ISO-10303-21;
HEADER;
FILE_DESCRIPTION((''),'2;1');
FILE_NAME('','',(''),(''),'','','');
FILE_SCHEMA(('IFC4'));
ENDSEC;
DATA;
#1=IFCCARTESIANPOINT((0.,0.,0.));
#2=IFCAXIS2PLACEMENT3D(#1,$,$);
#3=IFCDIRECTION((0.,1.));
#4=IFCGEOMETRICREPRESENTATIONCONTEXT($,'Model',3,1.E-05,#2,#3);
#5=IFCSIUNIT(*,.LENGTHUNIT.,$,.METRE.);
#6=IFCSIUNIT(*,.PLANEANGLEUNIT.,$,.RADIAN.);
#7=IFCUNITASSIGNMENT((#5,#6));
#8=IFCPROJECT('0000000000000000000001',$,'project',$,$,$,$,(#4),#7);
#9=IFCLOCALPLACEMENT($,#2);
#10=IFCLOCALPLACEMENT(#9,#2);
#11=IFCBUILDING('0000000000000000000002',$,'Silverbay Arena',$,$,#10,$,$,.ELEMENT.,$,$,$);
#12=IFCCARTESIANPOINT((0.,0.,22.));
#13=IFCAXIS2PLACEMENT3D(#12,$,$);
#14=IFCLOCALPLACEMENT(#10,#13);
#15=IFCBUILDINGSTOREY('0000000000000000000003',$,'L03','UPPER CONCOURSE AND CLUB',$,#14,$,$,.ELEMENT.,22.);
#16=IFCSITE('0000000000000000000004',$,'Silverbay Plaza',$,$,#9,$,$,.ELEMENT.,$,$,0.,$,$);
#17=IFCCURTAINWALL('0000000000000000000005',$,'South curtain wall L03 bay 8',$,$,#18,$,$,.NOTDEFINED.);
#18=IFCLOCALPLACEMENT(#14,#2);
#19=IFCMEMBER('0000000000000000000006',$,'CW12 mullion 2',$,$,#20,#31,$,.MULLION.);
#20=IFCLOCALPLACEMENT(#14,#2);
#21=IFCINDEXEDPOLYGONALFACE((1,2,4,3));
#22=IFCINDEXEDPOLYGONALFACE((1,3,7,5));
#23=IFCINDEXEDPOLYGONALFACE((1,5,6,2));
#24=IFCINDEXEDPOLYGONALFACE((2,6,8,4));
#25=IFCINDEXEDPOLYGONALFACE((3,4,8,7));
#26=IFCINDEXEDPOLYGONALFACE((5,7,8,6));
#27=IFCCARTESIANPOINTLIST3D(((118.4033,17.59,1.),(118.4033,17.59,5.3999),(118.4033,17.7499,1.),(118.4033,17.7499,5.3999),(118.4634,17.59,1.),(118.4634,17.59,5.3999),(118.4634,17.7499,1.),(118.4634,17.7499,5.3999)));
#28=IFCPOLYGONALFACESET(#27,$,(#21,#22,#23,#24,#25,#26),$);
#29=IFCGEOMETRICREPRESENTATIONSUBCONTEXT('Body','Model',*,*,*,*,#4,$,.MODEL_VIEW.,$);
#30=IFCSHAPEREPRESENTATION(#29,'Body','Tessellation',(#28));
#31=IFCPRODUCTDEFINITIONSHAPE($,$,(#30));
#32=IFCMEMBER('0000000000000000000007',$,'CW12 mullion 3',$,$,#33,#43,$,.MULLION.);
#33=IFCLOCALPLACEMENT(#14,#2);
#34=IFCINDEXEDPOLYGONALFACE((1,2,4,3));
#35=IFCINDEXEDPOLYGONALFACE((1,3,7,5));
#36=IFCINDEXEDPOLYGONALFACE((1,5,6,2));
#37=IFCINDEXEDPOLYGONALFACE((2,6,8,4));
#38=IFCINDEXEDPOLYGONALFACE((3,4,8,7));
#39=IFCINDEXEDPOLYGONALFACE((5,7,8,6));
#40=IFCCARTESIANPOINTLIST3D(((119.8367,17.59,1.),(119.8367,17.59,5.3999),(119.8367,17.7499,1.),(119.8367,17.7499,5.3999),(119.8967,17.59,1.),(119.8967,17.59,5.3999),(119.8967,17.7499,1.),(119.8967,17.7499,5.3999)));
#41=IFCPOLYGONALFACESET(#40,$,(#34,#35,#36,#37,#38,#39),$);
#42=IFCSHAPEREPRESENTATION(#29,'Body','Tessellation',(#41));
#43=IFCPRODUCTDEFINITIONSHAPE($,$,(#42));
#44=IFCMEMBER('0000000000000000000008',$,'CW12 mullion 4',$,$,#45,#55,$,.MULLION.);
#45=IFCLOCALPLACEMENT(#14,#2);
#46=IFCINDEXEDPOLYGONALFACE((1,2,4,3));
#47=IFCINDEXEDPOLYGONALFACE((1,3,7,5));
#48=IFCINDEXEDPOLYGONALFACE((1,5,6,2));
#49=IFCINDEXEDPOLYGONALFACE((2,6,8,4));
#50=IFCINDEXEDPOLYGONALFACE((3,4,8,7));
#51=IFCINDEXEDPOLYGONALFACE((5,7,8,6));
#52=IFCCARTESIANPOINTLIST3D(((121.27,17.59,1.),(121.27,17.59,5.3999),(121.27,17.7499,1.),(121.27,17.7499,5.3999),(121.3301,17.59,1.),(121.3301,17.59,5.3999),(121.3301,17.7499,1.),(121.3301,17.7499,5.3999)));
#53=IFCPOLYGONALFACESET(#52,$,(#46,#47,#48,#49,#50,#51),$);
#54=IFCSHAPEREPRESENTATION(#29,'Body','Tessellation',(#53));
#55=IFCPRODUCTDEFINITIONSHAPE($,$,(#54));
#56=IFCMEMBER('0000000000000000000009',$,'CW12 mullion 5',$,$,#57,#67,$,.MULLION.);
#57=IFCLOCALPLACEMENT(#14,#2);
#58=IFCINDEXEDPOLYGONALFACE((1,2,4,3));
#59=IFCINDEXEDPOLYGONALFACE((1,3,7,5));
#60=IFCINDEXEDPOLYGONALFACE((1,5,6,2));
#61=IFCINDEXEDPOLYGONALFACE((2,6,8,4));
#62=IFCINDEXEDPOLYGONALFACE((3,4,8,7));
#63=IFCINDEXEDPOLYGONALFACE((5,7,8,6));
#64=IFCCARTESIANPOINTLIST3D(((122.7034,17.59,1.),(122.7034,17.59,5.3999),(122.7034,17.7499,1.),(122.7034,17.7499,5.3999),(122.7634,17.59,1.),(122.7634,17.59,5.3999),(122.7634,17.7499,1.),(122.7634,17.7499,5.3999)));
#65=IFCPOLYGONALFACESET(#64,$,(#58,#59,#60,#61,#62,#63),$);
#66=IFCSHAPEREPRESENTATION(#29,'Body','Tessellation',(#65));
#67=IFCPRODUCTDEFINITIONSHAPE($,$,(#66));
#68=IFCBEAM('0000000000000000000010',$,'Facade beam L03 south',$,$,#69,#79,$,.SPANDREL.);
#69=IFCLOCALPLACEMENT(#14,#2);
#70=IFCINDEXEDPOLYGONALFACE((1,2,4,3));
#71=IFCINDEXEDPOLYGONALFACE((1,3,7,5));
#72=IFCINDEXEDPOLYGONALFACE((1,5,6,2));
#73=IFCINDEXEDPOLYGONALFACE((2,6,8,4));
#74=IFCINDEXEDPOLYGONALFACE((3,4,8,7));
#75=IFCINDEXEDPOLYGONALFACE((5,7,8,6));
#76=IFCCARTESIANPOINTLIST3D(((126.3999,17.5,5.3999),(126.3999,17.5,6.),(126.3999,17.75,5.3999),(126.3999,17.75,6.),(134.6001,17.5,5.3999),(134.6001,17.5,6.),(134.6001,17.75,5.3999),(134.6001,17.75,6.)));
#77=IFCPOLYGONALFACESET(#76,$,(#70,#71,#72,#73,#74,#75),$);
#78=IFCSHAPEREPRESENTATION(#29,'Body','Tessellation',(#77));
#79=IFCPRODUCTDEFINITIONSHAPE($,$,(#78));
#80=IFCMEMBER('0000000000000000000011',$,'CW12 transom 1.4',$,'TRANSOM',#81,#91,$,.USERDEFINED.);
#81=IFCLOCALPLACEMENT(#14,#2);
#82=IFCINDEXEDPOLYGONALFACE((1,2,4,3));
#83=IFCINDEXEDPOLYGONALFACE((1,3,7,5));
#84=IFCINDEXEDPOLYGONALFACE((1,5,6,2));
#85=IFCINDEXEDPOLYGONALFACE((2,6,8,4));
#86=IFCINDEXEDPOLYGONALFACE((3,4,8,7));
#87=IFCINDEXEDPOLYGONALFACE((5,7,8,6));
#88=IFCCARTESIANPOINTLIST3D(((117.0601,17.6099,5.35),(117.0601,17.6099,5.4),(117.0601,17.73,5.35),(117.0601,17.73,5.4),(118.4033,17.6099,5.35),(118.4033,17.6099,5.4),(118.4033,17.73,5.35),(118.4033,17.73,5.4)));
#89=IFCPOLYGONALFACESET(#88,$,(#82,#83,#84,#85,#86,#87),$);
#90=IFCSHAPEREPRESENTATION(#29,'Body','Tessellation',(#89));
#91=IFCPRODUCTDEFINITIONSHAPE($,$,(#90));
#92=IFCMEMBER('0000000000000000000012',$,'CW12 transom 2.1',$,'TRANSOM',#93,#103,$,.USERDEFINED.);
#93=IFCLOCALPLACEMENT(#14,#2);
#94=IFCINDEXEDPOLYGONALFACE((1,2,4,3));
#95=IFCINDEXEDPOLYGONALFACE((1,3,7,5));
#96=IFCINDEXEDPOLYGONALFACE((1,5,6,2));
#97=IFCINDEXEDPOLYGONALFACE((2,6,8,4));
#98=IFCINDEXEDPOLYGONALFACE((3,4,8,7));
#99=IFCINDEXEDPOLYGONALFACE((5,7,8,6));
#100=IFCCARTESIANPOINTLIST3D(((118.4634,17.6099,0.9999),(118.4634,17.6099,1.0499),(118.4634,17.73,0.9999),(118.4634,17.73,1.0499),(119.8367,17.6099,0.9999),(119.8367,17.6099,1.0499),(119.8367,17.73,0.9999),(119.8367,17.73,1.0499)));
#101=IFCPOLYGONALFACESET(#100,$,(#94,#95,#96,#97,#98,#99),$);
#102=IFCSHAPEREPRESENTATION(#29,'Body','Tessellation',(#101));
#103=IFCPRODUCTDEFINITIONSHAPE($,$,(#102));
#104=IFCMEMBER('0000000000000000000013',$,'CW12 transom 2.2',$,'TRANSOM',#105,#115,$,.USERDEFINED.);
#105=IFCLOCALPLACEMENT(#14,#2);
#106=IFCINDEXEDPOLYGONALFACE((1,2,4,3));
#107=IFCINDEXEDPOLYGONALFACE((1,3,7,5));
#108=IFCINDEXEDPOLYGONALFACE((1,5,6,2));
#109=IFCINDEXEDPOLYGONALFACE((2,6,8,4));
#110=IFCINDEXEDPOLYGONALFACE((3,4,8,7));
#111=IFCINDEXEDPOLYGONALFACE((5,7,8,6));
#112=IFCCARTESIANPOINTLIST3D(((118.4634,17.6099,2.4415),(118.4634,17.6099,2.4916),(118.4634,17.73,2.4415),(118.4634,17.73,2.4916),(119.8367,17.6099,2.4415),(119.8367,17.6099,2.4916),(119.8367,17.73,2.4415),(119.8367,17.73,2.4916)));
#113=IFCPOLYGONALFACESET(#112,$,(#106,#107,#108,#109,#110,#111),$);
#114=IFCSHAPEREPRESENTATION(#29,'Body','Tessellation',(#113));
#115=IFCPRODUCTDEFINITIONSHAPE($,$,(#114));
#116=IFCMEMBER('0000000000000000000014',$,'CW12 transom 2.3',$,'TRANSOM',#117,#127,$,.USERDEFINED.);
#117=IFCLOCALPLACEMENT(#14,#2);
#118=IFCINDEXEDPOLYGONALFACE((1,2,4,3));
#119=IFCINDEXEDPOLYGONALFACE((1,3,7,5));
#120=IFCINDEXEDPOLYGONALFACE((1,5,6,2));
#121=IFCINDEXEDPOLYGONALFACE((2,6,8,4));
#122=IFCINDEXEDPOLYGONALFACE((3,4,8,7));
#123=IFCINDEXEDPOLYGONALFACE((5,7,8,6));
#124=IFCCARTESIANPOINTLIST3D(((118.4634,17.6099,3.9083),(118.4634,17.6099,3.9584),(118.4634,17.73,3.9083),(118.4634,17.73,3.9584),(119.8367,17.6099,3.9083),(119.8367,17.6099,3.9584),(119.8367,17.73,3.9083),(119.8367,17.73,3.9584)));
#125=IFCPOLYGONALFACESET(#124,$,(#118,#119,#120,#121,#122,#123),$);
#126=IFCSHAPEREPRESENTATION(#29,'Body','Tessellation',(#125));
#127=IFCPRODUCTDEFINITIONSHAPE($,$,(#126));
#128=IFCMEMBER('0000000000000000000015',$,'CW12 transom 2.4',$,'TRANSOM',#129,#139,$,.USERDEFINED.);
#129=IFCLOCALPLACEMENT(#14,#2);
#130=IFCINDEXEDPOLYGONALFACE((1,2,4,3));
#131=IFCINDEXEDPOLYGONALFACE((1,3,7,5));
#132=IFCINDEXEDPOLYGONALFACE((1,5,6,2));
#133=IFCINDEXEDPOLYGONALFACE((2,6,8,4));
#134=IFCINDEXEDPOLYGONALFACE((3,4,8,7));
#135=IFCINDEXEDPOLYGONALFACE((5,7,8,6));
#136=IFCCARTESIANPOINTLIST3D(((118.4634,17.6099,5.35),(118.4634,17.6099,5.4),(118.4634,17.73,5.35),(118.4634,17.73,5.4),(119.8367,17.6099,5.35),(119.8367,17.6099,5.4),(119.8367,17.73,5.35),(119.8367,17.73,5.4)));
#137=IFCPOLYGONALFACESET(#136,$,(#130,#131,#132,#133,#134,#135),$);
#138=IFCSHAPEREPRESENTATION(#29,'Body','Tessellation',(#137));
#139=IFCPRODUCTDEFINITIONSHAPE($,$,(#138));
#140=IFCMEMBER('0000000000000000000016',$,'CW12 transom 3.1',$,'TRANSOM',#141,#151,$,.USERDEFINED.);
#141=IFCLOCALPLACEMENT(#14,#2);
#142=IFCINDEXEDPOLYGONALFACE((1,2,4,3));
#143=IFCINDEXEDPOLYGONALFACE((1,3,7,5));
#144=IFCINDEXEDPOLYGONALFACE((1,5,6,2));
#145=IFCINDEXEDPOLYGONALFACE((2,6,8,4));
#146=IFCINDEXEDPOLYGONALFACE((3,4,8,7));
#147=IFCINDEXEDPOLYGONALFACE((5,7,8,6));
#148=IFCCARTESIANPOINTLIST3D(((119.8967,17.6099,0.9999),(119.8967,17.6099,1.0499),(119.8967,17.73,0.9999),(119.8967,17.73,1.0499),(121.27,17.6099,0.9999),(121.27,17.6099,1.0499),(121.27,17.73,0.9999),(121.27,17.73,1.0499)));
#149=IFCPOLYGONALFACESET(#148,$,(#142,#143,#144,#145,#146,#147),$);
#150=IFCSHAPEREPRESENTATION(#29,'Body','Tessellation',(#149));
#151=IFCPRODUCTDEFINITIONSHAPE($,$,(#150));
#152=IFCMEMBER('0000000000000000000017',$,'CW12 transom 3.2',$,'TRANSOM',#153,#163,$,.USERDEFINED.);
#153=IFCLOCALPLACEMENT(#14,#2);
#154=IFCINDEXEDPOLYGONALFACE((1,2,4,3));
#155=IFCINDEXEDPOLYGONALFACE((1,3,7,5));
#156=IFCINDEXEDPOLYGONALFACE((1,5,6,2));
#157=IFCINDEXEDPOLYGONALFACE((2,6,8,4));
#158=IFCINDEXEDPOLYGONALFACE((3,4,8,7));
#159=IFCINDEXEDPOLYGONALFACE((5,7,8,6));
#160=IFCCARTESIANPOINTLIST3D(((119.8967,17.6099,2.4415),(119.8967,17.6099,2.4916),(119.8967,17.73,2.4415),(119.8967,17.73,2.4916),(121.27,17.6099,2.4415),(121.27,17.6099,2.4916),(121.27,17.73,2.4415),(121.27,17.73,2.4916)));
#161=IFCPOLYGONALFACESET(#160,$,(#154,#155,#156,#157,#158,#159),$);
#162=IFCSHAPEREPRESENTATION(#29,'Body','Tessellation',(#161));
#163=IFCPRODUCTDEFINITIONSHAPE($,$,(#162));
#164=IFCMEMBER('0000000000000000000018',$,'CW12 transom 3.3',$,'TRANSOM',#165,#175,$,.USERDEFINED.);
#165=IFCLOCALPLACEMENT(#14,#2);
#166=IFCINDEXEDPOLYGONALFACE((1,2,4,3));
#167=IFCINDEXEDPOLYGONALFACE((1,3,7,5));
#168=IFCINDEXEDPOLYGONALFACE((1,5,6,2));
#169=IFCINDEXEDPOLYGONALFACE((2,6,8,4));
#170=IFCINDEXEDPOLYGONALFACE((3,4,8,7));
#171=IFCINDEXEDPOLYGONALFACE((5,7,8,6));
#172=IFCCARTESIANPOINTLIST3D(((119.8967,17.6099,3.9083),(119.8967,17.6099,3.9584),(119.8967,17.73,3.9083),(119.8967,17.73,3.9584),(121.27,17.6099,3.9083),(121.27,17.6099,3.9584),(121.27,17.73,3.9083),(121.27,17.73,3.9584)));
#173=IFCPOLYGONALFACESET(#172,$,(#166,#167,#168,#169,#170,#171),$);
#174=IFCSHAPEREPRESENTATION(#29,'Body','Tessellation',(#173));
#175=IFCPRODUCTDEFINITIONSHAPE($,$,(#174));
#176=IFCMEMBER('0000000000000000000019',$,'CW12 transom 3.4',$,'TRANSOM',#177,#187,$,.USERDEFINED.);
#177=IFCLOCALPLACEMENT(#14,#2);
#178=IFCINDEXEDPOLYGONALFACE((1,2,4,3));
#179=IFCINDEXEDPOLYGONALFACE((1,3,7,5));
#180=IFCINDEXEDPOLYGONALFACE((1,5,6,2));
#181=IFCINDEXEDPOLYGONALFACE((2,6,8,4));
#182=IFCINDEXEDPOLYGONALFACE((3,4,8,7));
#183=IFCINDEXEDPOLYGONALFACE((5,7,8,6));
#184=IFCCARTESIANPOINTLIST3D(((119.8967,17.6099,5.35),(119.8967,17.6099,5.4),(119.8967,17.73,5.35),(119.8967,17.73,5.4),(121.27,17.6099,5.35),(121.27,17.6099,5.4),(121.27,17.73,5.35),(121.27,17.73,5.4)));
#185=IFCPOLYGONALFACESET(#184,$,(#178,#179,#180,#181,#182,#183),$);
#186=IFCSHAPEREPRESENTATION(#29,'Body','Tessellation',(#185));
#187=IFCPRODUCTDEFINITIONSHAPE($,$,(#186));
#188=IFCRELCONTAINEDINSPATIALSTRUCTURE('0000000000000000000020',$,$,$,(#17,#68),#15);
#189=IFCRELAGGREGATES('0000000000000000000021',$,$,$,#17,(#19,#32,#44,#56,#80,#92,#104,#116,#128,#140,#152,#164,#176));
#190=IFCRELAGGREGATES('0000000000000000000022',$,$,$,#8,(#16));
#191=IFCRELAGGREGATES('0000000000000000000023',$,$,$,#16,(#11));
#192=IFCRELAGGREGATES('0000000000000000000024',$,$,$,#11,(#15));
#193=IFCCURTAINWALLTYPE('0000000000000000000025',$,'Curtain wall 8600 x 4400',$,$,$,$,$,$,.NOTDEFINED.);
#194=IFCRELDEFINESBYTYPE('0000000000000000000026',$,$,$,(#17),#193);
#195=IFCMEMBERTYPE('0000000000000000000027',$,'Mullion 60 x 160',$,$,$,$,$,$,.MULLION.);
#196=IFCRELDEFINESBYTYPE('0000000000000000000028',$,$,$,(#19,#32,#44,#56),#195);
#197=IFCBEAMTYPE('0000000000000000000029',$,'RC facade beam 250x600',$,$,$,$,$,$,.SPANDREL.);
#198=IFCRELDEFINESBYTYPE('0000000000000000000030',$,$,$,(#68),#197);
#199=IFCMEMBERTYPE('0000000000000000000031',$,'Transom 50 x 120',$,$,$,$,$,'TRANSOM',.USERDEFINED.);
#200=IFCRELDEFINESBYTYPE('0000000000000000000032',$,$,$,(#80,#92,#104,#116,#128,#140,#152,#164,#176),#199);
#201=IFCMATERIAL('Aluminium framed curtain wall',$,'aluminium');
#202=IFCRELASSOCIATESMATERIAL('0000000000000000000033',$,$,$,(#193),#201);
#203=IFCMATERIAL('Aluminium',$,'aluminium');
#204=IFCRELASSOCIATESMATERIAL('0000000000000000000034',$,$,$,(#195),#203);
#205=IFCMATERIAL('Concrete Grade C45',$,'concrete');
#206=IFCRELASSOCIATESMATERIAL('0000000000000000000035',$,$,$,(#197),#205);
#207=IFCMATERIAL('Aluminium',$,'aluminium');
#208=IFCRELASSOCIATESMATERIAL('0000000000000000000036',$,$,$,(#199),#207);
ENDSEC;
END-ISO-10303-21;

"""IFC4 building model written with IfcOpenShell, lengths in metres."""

from ifc_helpers import new_model, si_unit, direction, frame, origin, origin_2d, place, context, subcontext, project, spatial, rectangle, extrude, material, material_profile, profile_set, type_object, element, aggregate, save


model = new_model("IFC4")

# Units and contexts
model_context = context("Model", 3, precision=1e-05, world=origin(), true_north=direction((0.0, 1.0)))
body_context = subcontext(model_context, "Body", "Model", "MODEL_VIEW")
ifc_project = project(units=[si_unit("LENGTHUNIT", "METRE"), si_unit("PLANEANGLEUNIT", "RADIAN")], contexts=[model_context])

# Site, building, storey
site_placement = place(None, origin())
site = spatial("IfcSite", under=ifc_project, at=site_placement, Name="Silverbay Plaza", CompositionType="ELEMENT", RefElevation=0.0)
building_placement = place(site_placement, origin())
building = spatial("IfcBuilding", under=site, at=building_placement, Name="Silverbay Arena", CompositionType="ELEMENT")
storey_placement = place(building_placement, frame((0.0, 0.0, 22.0)))
storey = spatial("IfcBuildingStorey", under=building, at=storey_placement, Name="L03", Description="UPPER CONCOURSE AND CLUB", CompositionType="ELEMENT", Elevation=22.0)

# Curtain wall, members
ifc_material_1 = material(Name="Aluminium framed curtain wall", Category="aluminium")
curtain_wall_type = type_object("IfcCurtainWallType", Name="Curtain wall 8600 x 4400", PredefinedType="NOTDEFINED", material=ifc_material_1)
curtain_wall_placement = place(storey_placement, origin())
curtain_wall = element("IfcCurtainWall", 1, at=curtain_wall_placement, inside=storey, type_object=curtain_wall_type, Name="South curtain wall L03 bay 8", PredefinedType="NOTDEFINED")
ifc_material_2 = material(Name="Aluminium", Category="aluminium")
ifc_material_profile_1 = material_profile(ifc_material_2, rectangle(XDim=0.1599, YDim=0.0601, at=origin_2d()), Name="Mullion 60 x 160")
ifc_profile_set_1 = profile_set([ifc_material_profile_1], Name="Aluminium")
member_type_1 = type_object("IfcMemberType", Name="Mullion 60 x 160", PredefinedType="MULLION", material=ifc_profile_set_1)
member_1_placement = place(storey_placement, frame((118.4333, 17.6699, 1.0), z_axis=(0.0, 0.0, 1.0), x_axis=(0.0, 1.0, 0.0)))
member_1 = element("IfcMember", 2, at=member_1_placement, type_object=member_type_1, Name="CW12 mullion 2", PredefinedType="MULLION", context=body_context, shape_type="SweptSolid", body=[
    extrude(rectangle(XDim=0.1599, YDim=0.0601, at=origin_2d()), origin(), (0.0, 0.0, 1.0), 4.3999),
])
member_2_placement = place(storey_placement, frame((119.8667, 17.6699, 1.0), z_axis=(0.0, 0.0, 1.0), x_axis=(0.0, 1.0, 0.0)))
member_2 = element("IfcMember", 3, at=member_2_placement, type_object=member_type_1, Name="CW12 mullion 3", PredefinedType="MULLION", context=body_context, shape_type="SweptSolid", body=[
    extrude(rectangle(XDim=0.1599, YDim=0.0601, at=origin_2d()), origin(), (0.0, 0.0, 1.0), 4.3999),
])
member_3_placement = place(storey_placement, frame((121.3, 17.6699, 1.0), z_axis=(0.0, 0.0, 1.0), x_axis=(0.0, 1.0, 0.0)))
member_3 = element("IfcMember", 4, at=member_3_placement, type_object=member_type_1, Name="CW12 mullion 4", PredefinedType="MULLION", context=body_context, shape_type="SweptSolid", body=[
    extrude(rectangle(XDim=0.1599, YDim=0.0601, at=origin_2d()), origin(), (0.0, 0.0, 1.0), 4.3999),
])
member_4_placement = place(storey_placement, frame((122.7334, 17.6699, 1.0), z_axis=(0.0, 0.0, 1.0), x_axis=(0.0, 1.0, 0.0)))
member_4 = element("IfcMember", 5, at=member_4_placement, type_object=member_type_1, Name="CW12 mullion 5", PredefinedType="MULLION", context=body_context, shape_type="SweptSolid", body=[
    extrude(rectangle(XDim=0.1599, YDim=0.0601, at=origin_2d()), origin(), (0.0, 0.0, 1.0), 4.3999),
])

# Beam
ifc_material_3 = material(Name="Concrete Grade C45", Category="concrete")
ifc_material_profile_2 = material_profile(ifc_material_3, rectangle(XDim=0.25, YDim=0.6001, at=origin_2d()), Name="RC 250x600")
ifc_profile_set_2 = profile_set([ifc_material_profile_2], Name="Concrete Grade C45")
beam_type = type_object("IfcBeamType", Name="RC facade beam 250x600", PredefinedType="SPANDREL", material=ifc_profile_set_2)
beam_placement = place(storey_placement, frame((126.3999, 17.625, 5.7), z_axis=(1.0, 0.0, 0.0), x_axis=(0.0, 1.0, 0.0)))
element("IfcBeam", 6, at=beam_placement, inside=storey, type_object=beam_type, Name="Facade beam L03 south", PredefinedType="SPANDREL", context=body_context, shape_type="SweptSolid", body=[
    extrude(rectangle(XDim=0.25, YDim=0.6001, at=origin_2d()), origin(), (0.0, 0.0, 1.0), 8.2002),
])

# Members
ifc_material_4 = material(Name="Aluminium", Category="aluminium")
ifc_material_profile_3 = material_profile(ifc_material_4, rectangle(XDim=0.1201, YDim=0.05, at=origin_2d()), Name="Transom 50 x 120")
ifc_profile_set_3 = profile_set([ifc_material_profile_3], Name="Aluminium")
member_type_2 = type_object("IfcMemberType", Name="Transom 50 x 120", ElementType="TRANSOM", PredefinedType="USERDEFINED", material=ifc_profile_set_3)
member_5_placement = place(storey_placement, frame((117.0601, 17.6699, 5.375), z_axis=(1.0, 0.0, 0.0), x_axis=(0.0, 1.0, 0.0)))
member_5 = element("IfcMember", 7, at=member_5_placement, type_object=member_type_2, Name="CW12 transom 1.4", ObjectType="TRANSOM", PredefinedType="USERDEFINED", context=body_context, shape_type="SweptSolid", body=[
    extrude(rectangle(XDim=0.1201, YDim=0.05, at=origin_2d()), origin(), (0.0, 0.0, 1.0), 1.3433),
])
member_6_placement = place(storey_placement, frame((118.4634, 17.6699, 1.0249), z_axis=(1.0, 0.0, 0.0), x_axis=(0.0, 1.0, 0.0)))
member_6 = element("IfcMember", 8, at=member_6_placement, type_object=member_type_2, Name="CW12 transom 2.1", ObjectType="TRANSOM", PredefinedType="USERDEFINED", context=body_context, shape_type="SweptSolid", body=[
    extrude(rectangle(XDim=0.1201, YDim=0.05, at=origin_2d()), origin(), (0.0, 0.0, 1.0), 1.3733),
])
member_7_placement = place(storey_placement, frame((118.4634, 17.6699, 2.4666), z_axis=(1.0, 0.0, 0.0), x_axis=(0.0, 1.0, 0.0)))
member_7 = element("IfcMember", 9, at=member_7_placement, type_object=member_type_2, Name="CW12 transom 2.2", ObjectType="TRANSOM", PredefinedType="USERDEFINED", context=body_context, shape_type="SweptSolid", body=[
    extrude(rectangle(XDim=0.1201, YDim=0.05, at=origin_2d()), origin(), (0.0, 0.0, 1.0), 1.3733),
])
member_8_placement = place(storey_placement, frame((118.4634, 17.6699, 3.9333), z_axis=(1.0, 0.0, 0.0), x_axis=(0.0, 1.0, 0.0)))
member_8 = element("IfcMember", 10, at=member_8_placement, type_object=member_type_2, Name="CW12 transom 2.3", ObjectType="TRANSOM", PredefinedType="USERDEFINED", context=body_context, shape_type="SweptSolid", body=[
    extrude(rectangle(XDim=0.1201, YDim=0.05, at=origin_2d()), origin(), (0.0, 0.0, 1.0), 1.3733),
])
member_9_placement = place(storey_placement, frame((118.4634, 17.6699, 5.375), z_axis=(1.0, 0.0, 0.0), x_axis=(0.0, 1.0, 0.0)))
member_9 = element("IfcMember", 11, at=member_9_placement, type_object=member_type_2, Name="CW12 transom 2.4", ObjectType="TRANSOM", PredefinedType="USERDEFINED", context=body_context, shape_type="SweptSolid", body=[
    extrude(rectangle(XDim=0.1201, YDim=0.05, at=origin_2d()), origin(), (0.0, 0.0, 1.0), 1.3733),
])
member_10_placement = place(storey_placement, frame((119.8967, 17.6699, 1.0249), z_axis=(1.0, 0.0, 0.0), x_axis=(0.0, 1.0, 0.0)))
member_10 = element("IfcMember", 12, at=member_10_placement, type_object=member_type_2, Name="CW12 transom 3.1", ObjectType="TRANSOM", PredefinedType="USERDEFINED", context=body_context, shape_type="SweptSolid", body=[
    extrude(rectangle(XDim=0.1201, YDim=0.05, at=origin_2d()), origin(), (0.0, 0.0, 1.0), 1.3733),
])
member_11_placement = place(storey_placement, frame((119.8967, 17.6699, 2.4666), z_axis=(1.0, 0.0, 0.0), x_axis=(0.0, 1.0, 0.0)))
member_11 = element("IfcMember", 13, at=member_11_placement, type_object=member_type_2, Name="CW12 transom 3.2", ObjectType="TRANSOM", PredefinedType="USERDEFINED", context=body_context, shape_type="SweptSolid", body=[
    extrude(rectangle(XDim=0.1201, YDim=0.05, at=origin_2d()), origin(), (0.0, 0.0, 1.0), 1.3733),
])
member_12_placement = place(storey_placement, frame((119.8967, 17.6699, 3.9333), z_axis=(1.0, 0.0, 0.0), x_axis=(0.0, 1.0, 0.0)))
member_12 = element("IfcMember", 14, at=member_12_placement, type_object=member_type_2, Name="CW12 transom 3.3", ObjectType="TRANSOM", PredefinedType="USERDEFINED", context=body_context, shape_type="SweptSolid", body=[
    extrude(rectangle(XDim=0.1201, YDim=0.05, at=origin_2d()), origin(), (0.0, 0.0, 1.0), 1.3733),
])
member_13_placement = place(storey_placement, frame((119.8967, 17.6699, 5.375), z_axis=(1.0, 0.0, 0.0), x_axis=(0.0, 1.0, 0.0)))
member_13 = element("IfcMember", 15, at=member_13_placement, type_object=member_type_2, Name="CW12 transom 3.4", ObjectType="TRANSOM", PredefinedType="USERDEFINED", context=body_context, shape_type="SweptSolid", body=[
    extrude(rectangle(XDim=0.1201, YDim=0.05, at=origin_2d()), origin(), (0.0, 0.0, 1.0), 1.3733),
])

aggregate(curtain_wall, [member_1, member_2, member_3, member_4, member_5, member_6, member_7, member_8, member_9, member_10, member_11, member_12, member_13])

save(model, "model.ifc")
